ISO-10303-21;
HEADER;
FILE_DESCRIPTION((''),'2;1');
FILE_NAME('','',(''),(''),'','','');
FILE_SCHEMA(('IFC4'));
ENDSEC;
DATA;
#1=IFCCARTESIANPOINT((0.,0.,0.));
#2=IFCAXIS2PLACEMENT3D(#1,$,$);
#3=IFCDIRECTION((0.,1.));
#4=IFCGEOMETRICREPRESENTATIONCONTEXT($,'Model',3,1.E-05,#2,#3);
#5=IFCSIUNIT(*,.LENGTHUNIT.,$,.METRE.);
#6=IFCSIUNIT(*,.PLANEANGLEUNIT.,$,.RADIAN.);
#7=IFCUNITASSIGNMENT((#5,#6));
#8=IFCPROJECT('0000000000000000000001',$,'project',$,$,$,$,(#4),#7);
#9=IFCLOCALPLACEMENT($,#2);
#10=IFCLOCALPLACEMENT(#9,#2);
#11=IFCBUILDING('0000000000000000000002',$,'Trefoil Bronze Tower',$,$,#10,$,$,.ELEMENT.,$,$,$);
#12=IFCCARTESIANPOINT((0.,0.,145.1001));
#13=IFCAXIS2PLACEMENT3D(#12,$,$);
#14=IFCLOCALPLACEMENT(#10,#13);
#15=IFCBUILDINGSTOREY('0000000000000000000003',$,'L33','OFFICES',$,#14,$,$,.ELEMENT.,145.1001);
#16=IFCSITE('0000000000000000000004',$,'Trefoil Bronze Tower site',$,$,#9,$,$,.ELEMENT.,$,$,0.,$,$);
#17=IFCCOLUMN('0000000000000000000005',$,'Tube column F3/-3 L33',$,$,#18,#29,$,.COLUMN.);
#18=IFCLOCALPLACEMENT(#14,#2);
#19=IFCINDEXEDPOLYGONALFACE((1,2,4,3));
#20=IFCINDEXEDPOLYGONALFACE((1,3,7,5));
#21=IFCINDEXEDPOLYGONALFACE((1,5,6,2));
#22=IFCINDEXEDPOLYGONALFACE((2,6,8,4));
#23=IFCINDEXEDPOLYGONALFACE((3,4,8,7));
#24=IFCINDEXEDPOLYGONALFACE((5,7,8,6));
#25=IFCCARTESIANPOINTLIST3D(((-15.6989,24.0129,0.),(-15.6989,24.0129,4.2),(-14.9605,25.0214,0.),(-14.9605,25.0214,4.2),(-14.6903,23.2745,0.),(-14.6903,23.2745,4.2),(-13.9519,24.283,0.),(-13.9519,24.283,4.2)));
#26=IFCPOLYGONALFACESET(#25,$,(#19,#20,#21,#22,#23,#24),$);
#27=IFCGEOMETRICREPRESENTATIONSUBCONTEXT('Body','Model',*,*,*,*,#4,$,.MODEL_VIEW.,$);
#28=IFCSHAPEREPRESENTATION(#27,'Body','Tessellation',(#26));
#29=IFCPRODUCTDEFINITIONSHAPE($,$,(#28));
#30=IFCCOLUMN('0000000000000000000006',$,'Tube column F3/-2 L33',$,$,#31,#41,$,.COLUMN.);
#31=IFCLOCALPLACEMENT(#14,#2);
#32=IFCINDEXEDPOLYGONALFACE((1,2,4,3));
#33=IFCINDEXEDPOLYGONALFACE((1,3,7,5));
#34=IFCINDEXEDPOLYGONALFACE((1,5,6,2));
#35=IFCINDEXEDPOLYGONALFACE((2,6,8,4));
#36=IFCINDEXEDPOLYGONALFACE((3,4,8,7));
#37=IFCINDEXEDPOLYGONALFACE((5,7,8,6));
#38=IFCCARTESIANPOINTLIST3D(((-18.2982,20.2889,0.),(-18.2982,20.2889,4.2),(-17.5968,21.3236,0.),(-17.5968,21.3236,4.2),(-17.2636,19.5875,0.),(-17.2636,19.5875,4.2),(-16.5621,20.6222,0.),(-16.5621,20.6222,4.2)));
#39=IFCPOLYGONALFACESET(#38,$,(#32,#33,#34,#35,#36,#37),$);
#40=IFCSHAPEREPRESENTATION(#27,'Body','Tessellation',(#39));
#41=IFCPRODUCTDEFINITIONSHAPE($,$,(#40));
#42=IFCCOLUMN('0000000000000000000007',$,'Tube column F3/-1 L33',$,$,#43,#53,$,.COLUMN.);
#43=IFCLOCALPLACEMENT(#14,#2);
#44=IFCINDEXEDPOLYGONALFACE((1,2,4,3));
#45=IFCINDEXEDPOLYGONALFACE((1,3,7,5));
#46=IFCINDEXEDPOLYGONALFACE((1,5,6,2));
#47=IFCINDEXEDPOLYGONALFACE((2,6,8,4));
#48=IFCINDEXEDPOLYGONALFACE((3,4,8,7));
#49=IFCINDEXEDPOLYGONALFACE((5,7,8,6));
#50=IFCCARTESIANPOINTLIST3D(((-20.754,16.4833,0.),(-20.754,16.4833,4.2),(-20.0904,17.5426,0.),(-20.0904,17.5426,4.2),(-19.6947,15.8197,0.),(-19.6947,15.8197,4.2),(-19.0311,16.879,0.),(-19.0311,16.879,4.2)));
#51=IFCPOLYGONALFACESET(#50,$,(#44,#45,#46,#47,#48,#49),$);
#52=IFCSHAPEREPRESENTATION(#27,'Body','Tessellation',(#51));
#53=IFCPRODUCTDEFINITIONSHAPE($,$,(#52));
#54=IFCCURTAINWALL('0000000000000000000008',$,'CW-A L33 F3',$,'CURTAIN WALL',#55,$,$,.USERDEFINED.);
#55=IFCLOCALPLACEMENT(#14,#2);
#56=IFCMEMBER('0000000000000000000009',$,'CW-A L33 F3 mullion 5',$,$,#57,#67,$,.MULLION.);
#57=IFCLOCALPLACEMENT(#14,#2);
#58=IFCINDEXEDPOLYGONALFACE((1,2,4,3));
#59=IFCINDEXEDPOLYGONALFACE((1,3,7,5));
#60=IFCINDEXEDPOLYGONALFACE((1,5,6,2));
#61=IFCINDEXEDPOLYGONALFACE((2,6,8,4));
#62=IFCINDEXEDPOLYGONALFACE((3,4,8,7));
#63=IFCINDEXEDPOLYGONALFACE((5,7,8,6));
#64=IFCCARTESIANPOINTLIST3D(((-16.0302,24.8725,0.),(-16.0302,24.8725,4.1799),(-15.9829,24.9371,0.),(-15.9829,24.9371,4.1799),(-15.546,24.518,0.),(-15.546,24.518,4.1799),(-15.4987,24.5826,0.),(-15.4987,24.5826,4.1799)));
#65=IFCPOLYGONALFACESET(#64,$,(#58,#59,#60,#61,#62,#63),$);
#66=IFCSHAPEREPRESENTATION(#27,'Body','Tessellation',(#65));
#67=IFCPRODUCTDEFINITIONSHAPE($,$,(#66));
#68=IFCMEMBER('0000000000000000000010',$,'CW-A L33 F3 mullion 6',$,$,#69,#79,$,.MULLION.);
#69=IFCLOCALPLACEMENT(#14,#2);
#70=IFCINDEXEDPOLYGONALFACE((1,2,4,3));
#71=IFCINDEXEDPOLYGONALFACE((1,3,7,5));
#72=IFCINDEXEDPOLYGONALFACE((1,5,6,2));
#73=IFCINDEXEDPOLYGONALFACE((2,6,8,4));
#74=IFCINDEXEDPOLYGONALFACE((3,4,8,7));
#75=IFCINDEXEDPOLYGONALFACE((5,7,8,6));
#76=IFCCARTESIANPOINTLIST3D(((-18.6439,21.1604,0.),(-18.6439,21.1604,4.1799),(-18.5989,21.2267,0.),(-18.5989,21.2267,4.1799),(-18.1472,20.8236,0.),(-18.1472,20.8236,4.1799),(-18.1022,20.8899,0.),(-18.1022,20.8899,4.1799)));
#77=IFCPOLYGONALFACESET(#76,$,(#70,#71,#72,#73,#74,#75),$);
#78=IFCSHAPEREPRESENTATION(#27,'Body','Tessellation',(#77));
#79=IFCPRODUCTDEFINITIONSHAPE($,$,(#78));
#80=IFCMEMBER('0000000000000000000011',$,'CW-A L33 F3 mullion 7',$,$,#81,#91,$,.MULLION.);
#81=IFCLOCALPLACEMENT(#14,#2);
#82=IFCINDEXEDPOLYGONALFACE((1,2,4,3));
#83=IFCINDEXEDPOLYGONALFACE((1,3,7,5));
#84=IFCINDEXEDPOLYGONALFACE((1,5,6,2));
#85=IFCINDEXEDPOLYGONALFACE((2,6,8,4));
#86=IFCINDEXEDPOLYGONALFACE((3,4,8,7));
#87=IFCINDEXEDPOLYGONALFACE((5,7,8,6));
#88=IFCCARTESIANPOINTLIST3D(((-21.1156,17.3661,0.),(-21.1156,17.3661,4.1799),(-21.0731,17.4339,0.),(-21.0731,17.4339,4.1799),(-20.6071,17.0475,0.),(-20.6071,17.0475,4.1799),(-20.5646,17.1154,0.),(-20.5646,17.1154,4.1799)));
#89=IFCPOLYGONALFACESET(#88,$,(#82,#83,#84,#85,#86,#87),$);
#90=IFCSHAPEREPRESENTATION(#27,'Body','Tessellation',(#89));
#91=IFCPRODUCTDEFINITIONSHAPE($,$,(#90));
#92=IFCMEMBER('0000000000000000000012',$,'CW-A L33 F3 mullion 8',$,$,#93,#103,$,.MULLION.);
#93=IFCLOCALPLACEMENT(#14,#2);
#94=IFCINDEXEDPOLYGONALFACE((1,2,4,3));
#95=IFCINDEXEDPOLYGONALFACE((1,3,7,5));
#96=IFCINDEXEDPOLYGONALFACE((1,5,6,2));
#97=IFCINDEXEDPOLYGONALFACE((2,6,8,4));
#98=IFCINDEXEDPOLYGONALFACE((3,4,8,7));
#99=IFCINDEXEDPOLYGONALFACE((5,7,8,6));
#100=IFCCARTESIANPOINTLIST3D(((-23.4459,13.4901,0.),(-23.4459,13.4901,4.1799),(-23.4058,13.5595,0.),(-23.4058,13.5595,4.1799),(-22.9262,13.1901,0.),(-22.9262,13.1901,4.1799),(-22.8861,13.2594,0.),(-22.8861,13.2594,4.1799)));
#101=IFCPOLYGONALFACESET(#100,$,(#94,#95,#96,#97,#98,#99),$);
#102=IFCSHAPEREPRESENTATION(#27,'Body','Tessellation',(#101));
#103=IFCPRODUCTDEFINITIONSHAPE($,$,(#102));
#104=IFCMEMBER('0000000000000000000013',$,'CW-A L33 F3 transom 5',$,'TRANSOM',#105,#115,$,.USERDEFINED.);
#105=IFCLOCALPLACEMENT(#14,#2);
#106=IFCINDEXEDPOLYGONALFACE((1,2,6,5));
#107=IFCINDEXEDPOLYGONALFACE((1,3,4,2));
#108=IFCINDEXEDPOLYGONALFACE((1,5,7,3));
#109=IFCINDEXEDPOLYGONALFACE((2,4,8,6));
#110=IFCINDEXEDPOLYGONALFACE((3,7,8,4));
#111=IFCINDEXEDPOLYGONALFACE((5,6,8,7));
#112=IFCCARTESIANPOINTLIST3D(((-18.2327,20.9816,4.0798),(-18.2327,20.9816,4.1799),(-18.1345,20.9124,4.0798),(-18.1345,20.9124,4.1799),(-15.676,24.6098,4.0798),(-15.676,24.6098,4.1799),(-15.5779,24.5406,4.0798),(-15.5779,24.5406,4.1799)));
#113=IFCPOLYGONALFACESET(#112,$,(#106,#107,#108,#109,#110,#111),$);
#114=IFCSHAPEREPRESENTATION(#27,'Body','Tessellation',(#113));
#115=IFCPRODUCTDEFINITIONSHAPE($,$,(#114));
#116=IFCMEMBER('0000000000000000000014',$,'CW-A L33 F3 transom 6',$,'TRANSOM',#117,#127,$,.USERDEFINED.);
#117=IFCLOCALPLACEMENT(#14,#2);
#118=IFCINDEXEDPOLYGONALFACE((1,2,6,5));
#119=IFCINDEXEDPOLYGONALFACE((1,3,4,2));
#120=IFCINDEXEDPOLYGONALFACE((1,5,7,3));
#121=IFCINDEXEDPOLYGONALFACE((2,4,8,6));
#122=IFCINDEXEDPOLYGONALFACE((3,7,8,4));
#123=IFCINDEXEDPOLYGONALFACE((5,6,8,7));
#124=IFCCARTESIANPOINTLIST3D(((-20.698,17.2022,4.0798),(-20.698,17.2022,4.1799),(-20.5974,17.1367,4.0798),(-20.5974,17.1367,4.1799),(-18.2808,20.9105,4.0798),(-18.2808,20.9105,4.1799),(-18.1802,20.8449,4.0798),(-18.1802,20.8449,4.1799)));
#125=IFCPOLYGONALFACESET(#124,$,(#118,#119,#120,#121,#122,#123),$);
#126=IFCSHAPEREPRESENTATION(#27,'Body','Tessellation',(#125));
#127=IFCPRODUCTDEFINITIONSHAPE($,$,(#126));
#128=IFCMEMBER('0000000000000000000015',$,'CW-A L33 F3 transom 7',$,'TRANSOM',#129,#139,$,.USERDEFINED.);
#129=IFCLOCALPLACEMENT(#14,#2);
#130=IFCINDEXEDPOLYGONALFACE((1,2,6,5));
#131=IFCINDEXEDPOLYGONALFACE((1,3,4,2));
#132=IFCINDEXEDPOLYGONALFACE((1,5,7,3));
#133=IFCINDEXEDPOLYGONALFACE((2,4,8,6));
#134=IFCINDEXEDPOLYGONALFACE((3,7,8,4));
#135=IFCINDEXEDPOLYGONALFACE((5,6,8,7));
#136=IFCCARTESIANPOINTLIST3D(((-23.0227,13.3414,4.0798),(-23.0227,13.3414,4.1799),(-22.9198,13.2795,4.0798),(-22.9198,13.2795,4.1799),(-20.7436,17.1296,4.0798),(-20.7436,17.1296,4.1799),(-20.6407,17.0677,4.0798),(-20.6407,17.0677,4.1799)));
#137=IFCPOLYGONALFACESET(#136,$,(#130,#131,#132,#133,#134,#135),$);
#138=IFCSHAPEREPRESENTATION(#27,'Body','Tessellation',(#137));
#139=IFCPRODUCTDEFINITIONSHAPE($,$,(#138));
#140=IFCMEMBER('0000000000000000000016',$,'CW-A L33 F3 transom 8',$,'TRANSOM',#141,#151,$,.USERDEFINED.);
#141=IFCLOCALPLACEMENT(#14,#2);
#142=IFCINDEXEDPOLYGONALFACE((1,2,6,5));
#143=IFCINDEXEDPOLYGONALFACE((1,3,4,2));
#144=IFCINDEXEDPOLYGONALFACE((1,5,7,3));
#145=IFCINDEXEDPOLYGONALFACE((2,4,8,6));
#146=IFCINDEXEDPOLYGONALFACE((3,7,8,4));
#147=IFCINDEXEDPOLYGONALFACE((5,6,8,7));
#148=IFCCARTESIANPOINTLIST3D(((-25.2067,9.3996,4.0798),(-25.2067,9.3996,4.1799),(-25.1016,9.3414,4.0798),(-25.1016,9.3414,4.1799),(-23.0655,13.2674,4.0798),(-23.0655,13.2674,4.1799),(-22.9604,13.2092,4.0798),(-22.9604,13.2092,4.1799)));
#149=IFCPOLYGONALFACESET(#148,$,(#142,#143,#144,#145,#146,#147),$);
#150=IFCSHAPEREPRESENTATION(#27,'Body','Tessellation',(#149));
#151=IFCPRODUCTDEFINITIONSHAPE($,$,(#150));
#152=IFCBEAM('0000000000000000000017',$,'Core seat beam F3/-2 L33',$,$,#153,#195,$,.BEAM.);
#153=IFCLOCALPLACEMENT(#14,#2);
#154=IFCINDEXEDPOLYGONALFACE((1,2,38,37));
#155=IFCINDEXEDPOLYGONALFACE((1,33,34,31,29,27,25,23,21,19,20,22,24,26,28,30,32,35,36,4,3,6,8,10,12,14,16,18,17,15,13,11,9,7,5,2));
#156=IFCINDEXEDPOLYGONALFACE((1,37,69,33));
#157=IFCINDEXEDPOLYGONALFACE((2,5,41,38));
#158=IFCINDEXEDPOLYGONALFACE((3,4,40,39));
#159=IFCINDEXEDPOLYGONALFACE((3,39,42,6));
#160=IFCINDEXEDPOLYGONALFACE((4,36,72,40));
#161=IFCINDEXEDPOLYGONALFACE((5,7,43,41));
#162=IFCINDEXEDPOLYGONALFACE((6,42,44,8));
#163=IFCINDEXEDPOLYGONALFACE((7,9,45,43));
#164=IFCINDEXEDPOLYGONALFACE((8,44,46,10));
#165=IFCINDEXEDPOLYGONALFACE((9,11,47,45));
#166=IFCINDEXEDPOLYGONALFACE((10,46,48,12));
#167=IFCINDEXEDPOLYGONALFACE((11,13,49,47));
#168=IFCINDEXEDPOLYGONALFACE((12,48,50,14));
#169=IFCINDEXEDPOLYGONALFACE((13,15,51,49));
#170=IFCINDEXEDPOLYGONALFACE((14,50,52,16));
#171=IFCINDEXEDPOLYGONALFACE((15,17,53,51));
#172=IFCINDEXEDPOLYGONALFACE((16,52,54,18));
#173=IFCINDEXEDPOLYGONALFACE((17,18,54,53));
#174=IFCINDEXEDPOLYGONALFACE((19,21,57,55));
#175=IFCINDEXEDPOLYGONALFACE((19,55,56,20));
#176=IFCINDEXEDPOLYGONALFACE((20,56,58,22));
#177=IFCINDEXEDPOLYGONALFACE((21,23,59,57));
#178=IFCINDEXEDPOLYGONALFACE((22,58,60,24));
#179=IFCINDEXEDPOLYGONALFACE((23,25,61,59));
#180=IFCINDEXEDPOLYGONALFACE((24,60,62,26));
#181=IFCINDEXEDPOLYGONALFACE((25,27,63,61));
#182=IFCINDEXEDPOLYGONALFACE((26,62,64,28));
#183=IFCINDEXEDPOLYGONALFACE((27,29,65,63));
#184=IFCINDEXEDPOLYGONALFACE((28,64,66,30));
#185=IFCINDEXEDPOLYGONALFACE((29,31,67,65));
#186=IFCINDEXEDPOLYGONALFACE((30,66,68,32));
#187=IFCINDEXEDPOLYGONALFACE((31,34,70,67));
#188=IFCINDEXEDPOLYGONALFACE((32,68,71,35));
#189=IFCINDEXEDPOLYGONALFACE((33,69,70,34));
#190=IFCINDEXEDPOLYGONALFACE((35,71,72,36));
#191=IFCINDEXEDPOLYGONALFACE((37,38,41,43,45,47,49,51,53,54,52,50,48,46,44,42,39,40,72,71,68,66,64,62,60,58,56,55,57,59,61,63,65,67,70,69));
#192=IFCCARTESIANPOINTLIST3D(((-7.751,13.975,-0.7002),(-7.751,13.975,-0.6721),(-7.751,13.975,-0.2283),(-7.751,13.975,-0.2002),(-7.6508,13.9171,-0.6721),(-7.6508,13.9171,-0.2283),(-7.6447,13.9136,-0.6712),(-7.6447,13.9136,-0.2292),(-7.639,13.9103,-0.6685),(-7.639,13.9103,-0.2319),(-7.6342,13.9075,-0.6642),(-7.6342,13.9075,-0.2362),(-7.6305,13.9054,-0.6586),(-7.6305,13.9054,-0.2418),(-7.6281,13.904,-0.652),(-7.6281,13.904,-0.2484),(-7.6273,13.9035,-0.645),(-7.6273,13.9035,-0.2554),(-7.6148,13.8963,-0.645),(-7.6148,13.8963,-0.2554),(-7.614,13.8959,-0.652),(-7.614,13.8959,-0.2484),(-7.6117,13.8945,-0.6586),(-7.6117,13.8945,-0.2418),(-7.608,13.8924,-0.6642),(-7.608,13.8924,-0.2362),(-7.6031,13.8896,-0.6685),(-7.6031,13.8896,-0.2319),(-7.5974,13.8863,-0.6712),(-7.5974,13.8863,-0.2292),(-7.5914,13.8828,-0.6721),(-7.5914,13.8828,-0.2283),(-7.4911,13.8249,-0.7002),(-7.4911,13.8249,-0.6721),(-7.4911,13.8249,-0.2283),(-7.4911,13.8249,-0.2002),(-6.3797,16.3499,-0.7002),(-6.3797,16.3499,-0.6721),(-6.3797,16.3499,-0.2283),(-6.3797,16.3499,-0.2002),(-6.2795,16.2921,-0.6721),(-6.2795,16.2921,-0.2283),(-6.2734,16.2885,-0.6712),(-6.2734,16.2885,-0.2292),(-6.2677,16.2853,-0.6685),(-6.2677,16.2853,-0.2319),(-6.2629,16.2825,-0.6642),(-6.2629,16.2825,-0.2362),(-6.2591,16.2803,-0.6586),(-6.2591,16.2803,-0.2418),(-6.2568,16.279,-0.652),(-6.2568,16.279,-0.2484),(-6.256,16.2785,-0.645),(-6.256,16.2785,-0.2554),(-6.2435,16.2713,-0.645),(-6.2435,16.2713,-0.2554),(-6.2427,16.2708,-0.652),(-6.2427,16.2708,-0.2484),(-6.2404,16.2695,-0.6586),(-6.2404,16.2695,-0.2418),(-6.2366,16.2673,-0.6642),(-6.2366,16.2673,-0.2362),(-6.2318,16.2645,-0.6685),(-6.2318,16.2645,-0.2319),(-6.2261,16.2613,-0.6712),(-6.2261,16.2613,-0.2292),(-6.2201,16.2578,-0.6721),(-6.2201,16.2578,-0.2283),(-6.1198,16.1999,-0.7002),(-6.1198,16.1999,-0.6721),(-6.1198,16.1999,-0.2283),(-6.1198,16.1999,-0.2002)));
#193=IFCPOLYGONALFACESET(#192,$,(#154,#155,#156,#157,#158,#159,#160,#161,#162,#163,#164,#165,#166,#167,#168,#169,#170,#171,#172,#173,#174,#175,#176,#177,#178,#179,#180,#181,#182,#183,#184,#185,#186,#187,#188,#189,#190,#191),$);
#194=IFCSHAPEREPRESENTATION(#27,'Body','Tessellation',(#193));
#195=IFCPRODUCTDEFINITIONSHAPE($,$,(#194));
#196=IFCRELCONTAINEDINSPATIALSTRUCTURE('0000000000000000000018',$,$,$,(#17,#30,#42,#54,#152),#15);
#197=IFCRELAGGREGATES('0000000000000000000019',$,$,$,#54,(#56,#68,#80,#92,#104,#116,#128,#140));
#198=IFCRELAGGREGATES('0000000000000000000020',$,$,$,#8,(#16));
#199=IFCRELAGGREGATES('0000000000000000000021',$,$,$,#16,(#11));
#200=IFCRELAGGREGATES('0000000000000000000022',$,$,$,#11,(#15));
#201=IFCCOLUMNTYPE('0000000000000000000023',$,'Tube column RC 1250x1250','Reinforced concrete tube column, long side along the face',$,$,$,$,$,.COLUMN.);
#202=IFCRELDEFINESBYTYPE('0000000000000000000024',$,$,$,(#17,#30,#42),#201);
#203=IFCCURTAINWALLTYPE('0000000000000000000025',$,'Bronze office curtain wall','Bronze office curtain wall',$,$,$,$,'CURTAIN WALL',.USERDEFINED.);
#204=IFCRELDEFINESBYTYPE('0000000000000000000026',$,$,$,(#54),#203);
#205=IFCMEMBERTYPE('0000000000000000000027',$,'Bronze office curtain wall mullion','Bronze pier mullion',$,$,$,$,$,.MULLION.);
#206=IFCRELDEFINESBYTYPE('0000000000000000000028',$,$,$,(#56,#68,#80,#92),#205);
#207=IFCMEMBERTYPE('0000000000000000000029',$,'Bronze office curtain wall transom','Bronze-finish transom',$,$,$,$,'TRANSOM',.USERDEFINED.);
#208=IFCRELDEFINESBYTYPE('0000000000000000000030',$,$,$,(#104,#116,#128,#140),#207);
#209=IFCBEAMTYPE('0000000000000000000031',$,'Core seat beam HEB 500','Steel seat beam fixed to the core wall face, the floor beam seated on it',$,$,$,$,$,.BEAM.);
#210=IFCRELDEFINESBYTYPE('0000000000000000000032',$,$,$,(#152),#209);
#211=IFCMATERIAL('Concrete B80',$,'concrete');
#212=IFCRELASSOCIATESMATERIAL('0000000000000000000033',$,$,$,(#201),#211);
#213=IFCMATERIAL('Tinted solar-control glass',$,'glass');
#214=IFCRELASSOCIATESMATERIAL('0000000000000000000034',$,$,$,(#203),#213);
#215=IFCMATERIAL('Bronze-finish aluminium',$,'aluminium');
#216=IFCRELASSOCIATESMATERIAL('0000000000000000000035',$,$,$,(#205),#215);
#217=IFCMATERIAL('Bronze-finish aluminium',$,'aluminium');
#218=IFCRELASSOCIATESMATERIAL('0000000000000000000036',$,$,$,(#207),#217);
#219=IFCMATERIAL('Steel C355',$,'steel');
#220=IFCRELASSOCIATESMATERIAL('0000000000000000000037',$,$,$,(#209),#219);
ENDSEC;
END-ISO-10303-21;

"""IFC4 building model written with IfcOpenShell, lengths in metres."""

from ifc_helpers import new_model, si_unit, direction, frame, origin, origin_2d, place, context, subcontext, project, spatial, rectangle, i_section, extrude, material, material_profile, profile_set, type_object, element, aggregate, save


model = new_model("IFC4")

# Units and contexts
model_context = context("Model", 3, precision=1e-05, world=origin(), true_north=direction((0.0, 1.0)))
body_context = subcontext(model_context, "Body", "Model", "MODEL_VIEW")
ifc_project = project(units=[si_unit("LENGTHUNIT", "METRE"), si_unit("PLANEANGLEUNIT", "RADIAN")], contexts=[model_context])

# Site, building, storey
site_placement = place(None, origin())
site = spatial("IfcSite", under=ifc_project, at=site_placement, Name="Trefoil Bronze Tower site", CompositionType="ELEMENT", RefElevation=0.0)
building_placement = place(site_placement, origin())
building = spatial("IfcBuilding", under=site, at=building_placement, Name="Trefoil Bronze Tower", CompositionType="ELEMENT")
storey_placement = place(building_placement, frame((0.0, 0.0, 145.1001)))
storey = spatial("IfcBuildingStorey", under=building, at=storey_placement, Name="L33", Description="OFFICES", CompositionType="ELEMENT", Elevation=145.1001)

# Columns
ifc_material_1 = material(Name="Concrete B80", Category="concrete")
ifc_material_profile_1 = material_profile(ifc_material_1, rectangle(XDim=1.25, YDim=1.25, at=origin_2d()), Name="RC 1250x1250")
ifc_profile_set_1 = profile_set([ifc_material_profile_1], Name="Concrete B80")
column_type = type_object("IfcColumnType", Name="Tube column RC 1250x1250", Description="Reinforced concrete tube column, long side along the face", PredefinedType="COLUMN", material=ifc_profile_set_1)
for number, where, z_axis, x_axis, name in (
    (1, (-14.8254, 24.1479, 0.0), (0.0, 0.0, 1.0), (-0.590723, -0.806875, 0.0), "Tube column F3/-3 L33"),
    (2, (-17.4302, 20.4556, 0.0), (0.0, 0.0, 1.0), (-0.561136, -0.827724, 0.0), "Tube column F3/-2 L33"),
    (3, (-19.8926, 16.6812, 0.0), (0.0, 0.0, 1.0), (-0.530893, -0.847439, 0.0), "Tube column F3/-1 L33"),
):
    element("IfcColumn", number, at=place(storey_placement, frame(where, z_axis=z_axis, x_axis=x_axis)), inside=storey, type_object=column_type, Name=name, PredefinedType="COLUMN", context=body_context, shape_type="SweptSolid", body=[
        extrude(rectangle(XDim=1.25, YDim=1.25, at=origin_2d()), origin(), (0.0, 0.0, 1.0), 4.2),
    ])

# Curtain wall, members
ifc_material_2 = material(Name="Tinted solar-control glass", Category="glass")
curtain_wall_type = type_object("IfcCurtainWallType", Name="Bronze office curtain wall", Description="Bronze office curtain wall", ElementType="CURTAIN WALL", PredefinedType="USERDEFINED", material=ifc_material_2)
curtain_wall_placement = place(storey_placement, origin())
curtain_wall = element("IfcCurtainWall", 4, at=curtain_wall_placement, inside=storey, type_object=curtain_wall_type, Name="CW-A L33 F3", ObjectType="CURTAIN WALL", PredefinedType="USERDEFINED")
ifc_material_3 = material(Name="Bronze-finish aluminium", Category="aluminium")
ifc_material_profile_2 = material_profile(ifc_material_3, rectangle(XDim=0.6001, YDim=0.0801, at=origin_2d()), Name="CW-A mullion")
ifc_profile_set_2 = profile_set([ifc_material_profile_2], Name="Bronze-finish aluminium")
member_type_1 = type_object("IfcMemberType", Name="Bronze office curtain wall mullion", Description="Bronze pier mullion", PredefinedType="MULLION", material=ifc_profile_set_2)
member_1_placement = place(storey_placement, frame((-15.7644, 24.7275, 0.0), z_axis=(0.0, 0.0, 1.0), x_axis=(0.806875, -0.590723, 0.0)))
member_1 = element("IfcMember", 5, at=member_1_placement, type_object=member_type_1, Name="CW-A L33 F3 mullion 5", PredefinedType="MULLION", context=body_context, shape_type="SweptSolid", body=[
    extrude(rectangle(XDim=0.6001, YDim=0.0801, at=origin_2d()), origin(), (0.0, 0.0, 1.0), 4.1799),
])
member_2_placement = place(storey_placement, frame((-18.373, 21.0251, 0.0), z_axis=(0.0, 0.0, 1.0), x_axis=(0.827724, -0.561136, 0.0)))
member_2 = element("IfcMember", 6, at=member_2_placement, type_object=member_type_1, Name="CW-A L33 F3 mullion 6", PredefinedType="MULLION", context=body_context, shape_type="SweptSolid", body=[
    extrude(rectangle(XDim=0.6001, YDim=0.0801, at=origin_2d()), origin(), (0.0, 0.0, 1.0), 4.1799),
])
member_3_placement = place(storey_placement, frame((-20.8401, 17.2407, 0.0), z_axis=(0.0, 0.0, 1.0), x_axis=(0.847439, -0.530893, 0.0)))
member_3 = element("IfcMember", 7, at=member_3_placement, type_object=member_type_1, Name="CW-A L33 F3 mullion 7", PredefinedType="MULLION", context=body_context, shape_type="SweptSolid", body=[
    extrude(rectangle(XDim=0.6001, YDim=0.0801, at=origin_2d()), origin(), (0.0, 0.0, 1.0), 4.1799),
])
member_4_placement = place(storey_placement, frame((-23.166, 13.3748, 0.0), z_axis=(0.0, 0.0, 1.0), x_axis=(0.866025, -0.5, 0.0)))
member_4 = element("IfcMember", 8, at=member_4_placement, type_object=member_type_1, Name="CW-A L33 F3 mullion 8", PredefinedType="MULLION", context=body_context, shape_type="SweptSolid", body=[
    extrude(rectangle(XDim=0.6001, YDim=0.0801, at=origin_2d()), origin(), (0.0, 0.0, 1.0), 4.1799),
])
ifc_material_4 = material(Name="Bronze-finish aluminium", Category="aluminium")
ifc_material_profile_3 = material_profile(ifc_material_4, rectangle(XDim=0.1201, YDim=0.1001, at=origin_2d()), Name="CW-A transom")
ifc_profile_set_3 = profile_set([ifc_material_profile_3], Name="Bronze-finish aluminium")
member_type_2 = type_object("IfcMemberType", Name="Bronze office curtain wall transom", Description="Bronze-finish transom", ElementType="TRANSOM", PredefinedType="USERDEFINED", material=ifc_profile_set_3)
member_5_placement = place(storey_placement, frame((-15.627, 24.5752, 4.1299), z_axis=(-0.576018, -0.817437, 0.0), x_axis=(0.817437, -0.576018, 0.0)))
member_5 = element("IfcMember", 9, at=member_5_placement, type_object=member_type_2, Name="CW-A L33 F3 transom 5", ObjectType="TRANSOM", PredefinedType="USERDEFINED", context=body_context, shape_type="SweptSolid", body=[
    extrude(rectangle(XDim=0.1201, YDim=0.1001, at=origin_2d()), origin(), (0.0, 0.0, 1.0), 4.4385),
])
member_6_placement = place(storey_placement, frame((-18.2305, 20.8777, 4.1299), z_axis=(-0.546079, -0.837733, 0.0), x_axis=(0.837733, -0.546079, 0.0)))
member_6 = element("IfcMember", 10, at=member_6_placement, type_object=member_type_2, Name="CW-A L33 F3 transom 6", ObjectType="TRANSOM", PredefinedType="USERDEFINED", context=body_context, shape_type="SweptSolid", body=[
    extrude(rectangle(XDim=0.1201, YDim=0.1001, at=origin_2d()), origin(), (0.0, 0.0, 1.0), 4.4265),
])
member_7_placement = place(storey_placement, frame((-20.6921, 17.0986, 4.1299), z_axis=(-0.515527, -0.856873, 0.0), x_axis=(0.856873, -0.515527, 0.0)))
member_7 = element("IfcMember", 11, at=member_7_placement, type_object=member_type_2, Name="CW-A L33 F3 transom 7", ObjectType="TRANSOM", PredefinedType="USERDEFINED", context=body_context, shape_type="SweptSolid", body=[
    extrude(rectangle(XDim=0.1201, YDim=0.1001, at=origin_2d()), origin(), (0.0, 0.0, 1.0), 4.4209),
])
member_8_placement = place(storey_placement, frame((-23.0129, 13.2383, 4.1299), z_axis=(-0.484329, -0.874886, 0.0), x_axis=(0.874886, -0.484329, 0.0)))
member_8 = element("IfcMember", 12, at=member_8_placement, type_object=member_type_2, Name="CW-A L33 F3 transom 8", ObjectType="TRANSOM", PredefinedType="USERDEFINED", context=body_context, shape_type="SweptSolid", body=[
    extrude(rectangle(XDim=0.1201, YDim=0.1001, at=origin_2d()), origin(), (0.0, 0.0, 1.0), 4.4209),
])

# Beam
ifc_material_5 = material(Name="Steel C355", Category="steel")
ifc_material_profile_4 = material_profile(ifc_material_5, i_section(OverallWidth=0.3, OverallDepth=0.5, WebThickness=0.0144, FlangeThickness=0.0281, FilletRadius=0.0271, at=origin_2d()), Name="HEB 500")
ifc_profile_set_4 = profile_set([ifc_material_profile_4], Name="Steel C355")
beam_type_1 = type_object("IfcBeamType", Name="Core seat beam HEB 500", Description="Steel seat beam fixed to the core wall face, the floor beam seated on it", PredefinedType="BEAM", material=ifc_profile_set_4)
beam_1_placement = place(storey_placement, frame((-6.2498, 16.2749, -0.4502), z_axis=(-0.500036, -0.866005, 0.0), x_axis=(0.866005, -0.500036, 0.0)))
element("IfcBeam", 13, at=beam_1_placement, inside=storey, type_object=beam_type_1, Name="Core seat beam F3/-2 L33", PredefinedType="BEAM", context=body_context, shape_type="SweptSolid", body=[
    extrude(i_section(OverallWidth=0.3, OverallDepth=0.5, WebThickness=0.0144, FlangeThickness=0.0281, FilletRadius=0.0271, at=origin_2d()), origin(), (0.0, 0.0, 1.0), 2.7424),
])

aggregate(curtain_wall, [member_1, member_2, member_3, member_4, member_5, member_6, member_7, member_8])

save(model, "model.ifc")
